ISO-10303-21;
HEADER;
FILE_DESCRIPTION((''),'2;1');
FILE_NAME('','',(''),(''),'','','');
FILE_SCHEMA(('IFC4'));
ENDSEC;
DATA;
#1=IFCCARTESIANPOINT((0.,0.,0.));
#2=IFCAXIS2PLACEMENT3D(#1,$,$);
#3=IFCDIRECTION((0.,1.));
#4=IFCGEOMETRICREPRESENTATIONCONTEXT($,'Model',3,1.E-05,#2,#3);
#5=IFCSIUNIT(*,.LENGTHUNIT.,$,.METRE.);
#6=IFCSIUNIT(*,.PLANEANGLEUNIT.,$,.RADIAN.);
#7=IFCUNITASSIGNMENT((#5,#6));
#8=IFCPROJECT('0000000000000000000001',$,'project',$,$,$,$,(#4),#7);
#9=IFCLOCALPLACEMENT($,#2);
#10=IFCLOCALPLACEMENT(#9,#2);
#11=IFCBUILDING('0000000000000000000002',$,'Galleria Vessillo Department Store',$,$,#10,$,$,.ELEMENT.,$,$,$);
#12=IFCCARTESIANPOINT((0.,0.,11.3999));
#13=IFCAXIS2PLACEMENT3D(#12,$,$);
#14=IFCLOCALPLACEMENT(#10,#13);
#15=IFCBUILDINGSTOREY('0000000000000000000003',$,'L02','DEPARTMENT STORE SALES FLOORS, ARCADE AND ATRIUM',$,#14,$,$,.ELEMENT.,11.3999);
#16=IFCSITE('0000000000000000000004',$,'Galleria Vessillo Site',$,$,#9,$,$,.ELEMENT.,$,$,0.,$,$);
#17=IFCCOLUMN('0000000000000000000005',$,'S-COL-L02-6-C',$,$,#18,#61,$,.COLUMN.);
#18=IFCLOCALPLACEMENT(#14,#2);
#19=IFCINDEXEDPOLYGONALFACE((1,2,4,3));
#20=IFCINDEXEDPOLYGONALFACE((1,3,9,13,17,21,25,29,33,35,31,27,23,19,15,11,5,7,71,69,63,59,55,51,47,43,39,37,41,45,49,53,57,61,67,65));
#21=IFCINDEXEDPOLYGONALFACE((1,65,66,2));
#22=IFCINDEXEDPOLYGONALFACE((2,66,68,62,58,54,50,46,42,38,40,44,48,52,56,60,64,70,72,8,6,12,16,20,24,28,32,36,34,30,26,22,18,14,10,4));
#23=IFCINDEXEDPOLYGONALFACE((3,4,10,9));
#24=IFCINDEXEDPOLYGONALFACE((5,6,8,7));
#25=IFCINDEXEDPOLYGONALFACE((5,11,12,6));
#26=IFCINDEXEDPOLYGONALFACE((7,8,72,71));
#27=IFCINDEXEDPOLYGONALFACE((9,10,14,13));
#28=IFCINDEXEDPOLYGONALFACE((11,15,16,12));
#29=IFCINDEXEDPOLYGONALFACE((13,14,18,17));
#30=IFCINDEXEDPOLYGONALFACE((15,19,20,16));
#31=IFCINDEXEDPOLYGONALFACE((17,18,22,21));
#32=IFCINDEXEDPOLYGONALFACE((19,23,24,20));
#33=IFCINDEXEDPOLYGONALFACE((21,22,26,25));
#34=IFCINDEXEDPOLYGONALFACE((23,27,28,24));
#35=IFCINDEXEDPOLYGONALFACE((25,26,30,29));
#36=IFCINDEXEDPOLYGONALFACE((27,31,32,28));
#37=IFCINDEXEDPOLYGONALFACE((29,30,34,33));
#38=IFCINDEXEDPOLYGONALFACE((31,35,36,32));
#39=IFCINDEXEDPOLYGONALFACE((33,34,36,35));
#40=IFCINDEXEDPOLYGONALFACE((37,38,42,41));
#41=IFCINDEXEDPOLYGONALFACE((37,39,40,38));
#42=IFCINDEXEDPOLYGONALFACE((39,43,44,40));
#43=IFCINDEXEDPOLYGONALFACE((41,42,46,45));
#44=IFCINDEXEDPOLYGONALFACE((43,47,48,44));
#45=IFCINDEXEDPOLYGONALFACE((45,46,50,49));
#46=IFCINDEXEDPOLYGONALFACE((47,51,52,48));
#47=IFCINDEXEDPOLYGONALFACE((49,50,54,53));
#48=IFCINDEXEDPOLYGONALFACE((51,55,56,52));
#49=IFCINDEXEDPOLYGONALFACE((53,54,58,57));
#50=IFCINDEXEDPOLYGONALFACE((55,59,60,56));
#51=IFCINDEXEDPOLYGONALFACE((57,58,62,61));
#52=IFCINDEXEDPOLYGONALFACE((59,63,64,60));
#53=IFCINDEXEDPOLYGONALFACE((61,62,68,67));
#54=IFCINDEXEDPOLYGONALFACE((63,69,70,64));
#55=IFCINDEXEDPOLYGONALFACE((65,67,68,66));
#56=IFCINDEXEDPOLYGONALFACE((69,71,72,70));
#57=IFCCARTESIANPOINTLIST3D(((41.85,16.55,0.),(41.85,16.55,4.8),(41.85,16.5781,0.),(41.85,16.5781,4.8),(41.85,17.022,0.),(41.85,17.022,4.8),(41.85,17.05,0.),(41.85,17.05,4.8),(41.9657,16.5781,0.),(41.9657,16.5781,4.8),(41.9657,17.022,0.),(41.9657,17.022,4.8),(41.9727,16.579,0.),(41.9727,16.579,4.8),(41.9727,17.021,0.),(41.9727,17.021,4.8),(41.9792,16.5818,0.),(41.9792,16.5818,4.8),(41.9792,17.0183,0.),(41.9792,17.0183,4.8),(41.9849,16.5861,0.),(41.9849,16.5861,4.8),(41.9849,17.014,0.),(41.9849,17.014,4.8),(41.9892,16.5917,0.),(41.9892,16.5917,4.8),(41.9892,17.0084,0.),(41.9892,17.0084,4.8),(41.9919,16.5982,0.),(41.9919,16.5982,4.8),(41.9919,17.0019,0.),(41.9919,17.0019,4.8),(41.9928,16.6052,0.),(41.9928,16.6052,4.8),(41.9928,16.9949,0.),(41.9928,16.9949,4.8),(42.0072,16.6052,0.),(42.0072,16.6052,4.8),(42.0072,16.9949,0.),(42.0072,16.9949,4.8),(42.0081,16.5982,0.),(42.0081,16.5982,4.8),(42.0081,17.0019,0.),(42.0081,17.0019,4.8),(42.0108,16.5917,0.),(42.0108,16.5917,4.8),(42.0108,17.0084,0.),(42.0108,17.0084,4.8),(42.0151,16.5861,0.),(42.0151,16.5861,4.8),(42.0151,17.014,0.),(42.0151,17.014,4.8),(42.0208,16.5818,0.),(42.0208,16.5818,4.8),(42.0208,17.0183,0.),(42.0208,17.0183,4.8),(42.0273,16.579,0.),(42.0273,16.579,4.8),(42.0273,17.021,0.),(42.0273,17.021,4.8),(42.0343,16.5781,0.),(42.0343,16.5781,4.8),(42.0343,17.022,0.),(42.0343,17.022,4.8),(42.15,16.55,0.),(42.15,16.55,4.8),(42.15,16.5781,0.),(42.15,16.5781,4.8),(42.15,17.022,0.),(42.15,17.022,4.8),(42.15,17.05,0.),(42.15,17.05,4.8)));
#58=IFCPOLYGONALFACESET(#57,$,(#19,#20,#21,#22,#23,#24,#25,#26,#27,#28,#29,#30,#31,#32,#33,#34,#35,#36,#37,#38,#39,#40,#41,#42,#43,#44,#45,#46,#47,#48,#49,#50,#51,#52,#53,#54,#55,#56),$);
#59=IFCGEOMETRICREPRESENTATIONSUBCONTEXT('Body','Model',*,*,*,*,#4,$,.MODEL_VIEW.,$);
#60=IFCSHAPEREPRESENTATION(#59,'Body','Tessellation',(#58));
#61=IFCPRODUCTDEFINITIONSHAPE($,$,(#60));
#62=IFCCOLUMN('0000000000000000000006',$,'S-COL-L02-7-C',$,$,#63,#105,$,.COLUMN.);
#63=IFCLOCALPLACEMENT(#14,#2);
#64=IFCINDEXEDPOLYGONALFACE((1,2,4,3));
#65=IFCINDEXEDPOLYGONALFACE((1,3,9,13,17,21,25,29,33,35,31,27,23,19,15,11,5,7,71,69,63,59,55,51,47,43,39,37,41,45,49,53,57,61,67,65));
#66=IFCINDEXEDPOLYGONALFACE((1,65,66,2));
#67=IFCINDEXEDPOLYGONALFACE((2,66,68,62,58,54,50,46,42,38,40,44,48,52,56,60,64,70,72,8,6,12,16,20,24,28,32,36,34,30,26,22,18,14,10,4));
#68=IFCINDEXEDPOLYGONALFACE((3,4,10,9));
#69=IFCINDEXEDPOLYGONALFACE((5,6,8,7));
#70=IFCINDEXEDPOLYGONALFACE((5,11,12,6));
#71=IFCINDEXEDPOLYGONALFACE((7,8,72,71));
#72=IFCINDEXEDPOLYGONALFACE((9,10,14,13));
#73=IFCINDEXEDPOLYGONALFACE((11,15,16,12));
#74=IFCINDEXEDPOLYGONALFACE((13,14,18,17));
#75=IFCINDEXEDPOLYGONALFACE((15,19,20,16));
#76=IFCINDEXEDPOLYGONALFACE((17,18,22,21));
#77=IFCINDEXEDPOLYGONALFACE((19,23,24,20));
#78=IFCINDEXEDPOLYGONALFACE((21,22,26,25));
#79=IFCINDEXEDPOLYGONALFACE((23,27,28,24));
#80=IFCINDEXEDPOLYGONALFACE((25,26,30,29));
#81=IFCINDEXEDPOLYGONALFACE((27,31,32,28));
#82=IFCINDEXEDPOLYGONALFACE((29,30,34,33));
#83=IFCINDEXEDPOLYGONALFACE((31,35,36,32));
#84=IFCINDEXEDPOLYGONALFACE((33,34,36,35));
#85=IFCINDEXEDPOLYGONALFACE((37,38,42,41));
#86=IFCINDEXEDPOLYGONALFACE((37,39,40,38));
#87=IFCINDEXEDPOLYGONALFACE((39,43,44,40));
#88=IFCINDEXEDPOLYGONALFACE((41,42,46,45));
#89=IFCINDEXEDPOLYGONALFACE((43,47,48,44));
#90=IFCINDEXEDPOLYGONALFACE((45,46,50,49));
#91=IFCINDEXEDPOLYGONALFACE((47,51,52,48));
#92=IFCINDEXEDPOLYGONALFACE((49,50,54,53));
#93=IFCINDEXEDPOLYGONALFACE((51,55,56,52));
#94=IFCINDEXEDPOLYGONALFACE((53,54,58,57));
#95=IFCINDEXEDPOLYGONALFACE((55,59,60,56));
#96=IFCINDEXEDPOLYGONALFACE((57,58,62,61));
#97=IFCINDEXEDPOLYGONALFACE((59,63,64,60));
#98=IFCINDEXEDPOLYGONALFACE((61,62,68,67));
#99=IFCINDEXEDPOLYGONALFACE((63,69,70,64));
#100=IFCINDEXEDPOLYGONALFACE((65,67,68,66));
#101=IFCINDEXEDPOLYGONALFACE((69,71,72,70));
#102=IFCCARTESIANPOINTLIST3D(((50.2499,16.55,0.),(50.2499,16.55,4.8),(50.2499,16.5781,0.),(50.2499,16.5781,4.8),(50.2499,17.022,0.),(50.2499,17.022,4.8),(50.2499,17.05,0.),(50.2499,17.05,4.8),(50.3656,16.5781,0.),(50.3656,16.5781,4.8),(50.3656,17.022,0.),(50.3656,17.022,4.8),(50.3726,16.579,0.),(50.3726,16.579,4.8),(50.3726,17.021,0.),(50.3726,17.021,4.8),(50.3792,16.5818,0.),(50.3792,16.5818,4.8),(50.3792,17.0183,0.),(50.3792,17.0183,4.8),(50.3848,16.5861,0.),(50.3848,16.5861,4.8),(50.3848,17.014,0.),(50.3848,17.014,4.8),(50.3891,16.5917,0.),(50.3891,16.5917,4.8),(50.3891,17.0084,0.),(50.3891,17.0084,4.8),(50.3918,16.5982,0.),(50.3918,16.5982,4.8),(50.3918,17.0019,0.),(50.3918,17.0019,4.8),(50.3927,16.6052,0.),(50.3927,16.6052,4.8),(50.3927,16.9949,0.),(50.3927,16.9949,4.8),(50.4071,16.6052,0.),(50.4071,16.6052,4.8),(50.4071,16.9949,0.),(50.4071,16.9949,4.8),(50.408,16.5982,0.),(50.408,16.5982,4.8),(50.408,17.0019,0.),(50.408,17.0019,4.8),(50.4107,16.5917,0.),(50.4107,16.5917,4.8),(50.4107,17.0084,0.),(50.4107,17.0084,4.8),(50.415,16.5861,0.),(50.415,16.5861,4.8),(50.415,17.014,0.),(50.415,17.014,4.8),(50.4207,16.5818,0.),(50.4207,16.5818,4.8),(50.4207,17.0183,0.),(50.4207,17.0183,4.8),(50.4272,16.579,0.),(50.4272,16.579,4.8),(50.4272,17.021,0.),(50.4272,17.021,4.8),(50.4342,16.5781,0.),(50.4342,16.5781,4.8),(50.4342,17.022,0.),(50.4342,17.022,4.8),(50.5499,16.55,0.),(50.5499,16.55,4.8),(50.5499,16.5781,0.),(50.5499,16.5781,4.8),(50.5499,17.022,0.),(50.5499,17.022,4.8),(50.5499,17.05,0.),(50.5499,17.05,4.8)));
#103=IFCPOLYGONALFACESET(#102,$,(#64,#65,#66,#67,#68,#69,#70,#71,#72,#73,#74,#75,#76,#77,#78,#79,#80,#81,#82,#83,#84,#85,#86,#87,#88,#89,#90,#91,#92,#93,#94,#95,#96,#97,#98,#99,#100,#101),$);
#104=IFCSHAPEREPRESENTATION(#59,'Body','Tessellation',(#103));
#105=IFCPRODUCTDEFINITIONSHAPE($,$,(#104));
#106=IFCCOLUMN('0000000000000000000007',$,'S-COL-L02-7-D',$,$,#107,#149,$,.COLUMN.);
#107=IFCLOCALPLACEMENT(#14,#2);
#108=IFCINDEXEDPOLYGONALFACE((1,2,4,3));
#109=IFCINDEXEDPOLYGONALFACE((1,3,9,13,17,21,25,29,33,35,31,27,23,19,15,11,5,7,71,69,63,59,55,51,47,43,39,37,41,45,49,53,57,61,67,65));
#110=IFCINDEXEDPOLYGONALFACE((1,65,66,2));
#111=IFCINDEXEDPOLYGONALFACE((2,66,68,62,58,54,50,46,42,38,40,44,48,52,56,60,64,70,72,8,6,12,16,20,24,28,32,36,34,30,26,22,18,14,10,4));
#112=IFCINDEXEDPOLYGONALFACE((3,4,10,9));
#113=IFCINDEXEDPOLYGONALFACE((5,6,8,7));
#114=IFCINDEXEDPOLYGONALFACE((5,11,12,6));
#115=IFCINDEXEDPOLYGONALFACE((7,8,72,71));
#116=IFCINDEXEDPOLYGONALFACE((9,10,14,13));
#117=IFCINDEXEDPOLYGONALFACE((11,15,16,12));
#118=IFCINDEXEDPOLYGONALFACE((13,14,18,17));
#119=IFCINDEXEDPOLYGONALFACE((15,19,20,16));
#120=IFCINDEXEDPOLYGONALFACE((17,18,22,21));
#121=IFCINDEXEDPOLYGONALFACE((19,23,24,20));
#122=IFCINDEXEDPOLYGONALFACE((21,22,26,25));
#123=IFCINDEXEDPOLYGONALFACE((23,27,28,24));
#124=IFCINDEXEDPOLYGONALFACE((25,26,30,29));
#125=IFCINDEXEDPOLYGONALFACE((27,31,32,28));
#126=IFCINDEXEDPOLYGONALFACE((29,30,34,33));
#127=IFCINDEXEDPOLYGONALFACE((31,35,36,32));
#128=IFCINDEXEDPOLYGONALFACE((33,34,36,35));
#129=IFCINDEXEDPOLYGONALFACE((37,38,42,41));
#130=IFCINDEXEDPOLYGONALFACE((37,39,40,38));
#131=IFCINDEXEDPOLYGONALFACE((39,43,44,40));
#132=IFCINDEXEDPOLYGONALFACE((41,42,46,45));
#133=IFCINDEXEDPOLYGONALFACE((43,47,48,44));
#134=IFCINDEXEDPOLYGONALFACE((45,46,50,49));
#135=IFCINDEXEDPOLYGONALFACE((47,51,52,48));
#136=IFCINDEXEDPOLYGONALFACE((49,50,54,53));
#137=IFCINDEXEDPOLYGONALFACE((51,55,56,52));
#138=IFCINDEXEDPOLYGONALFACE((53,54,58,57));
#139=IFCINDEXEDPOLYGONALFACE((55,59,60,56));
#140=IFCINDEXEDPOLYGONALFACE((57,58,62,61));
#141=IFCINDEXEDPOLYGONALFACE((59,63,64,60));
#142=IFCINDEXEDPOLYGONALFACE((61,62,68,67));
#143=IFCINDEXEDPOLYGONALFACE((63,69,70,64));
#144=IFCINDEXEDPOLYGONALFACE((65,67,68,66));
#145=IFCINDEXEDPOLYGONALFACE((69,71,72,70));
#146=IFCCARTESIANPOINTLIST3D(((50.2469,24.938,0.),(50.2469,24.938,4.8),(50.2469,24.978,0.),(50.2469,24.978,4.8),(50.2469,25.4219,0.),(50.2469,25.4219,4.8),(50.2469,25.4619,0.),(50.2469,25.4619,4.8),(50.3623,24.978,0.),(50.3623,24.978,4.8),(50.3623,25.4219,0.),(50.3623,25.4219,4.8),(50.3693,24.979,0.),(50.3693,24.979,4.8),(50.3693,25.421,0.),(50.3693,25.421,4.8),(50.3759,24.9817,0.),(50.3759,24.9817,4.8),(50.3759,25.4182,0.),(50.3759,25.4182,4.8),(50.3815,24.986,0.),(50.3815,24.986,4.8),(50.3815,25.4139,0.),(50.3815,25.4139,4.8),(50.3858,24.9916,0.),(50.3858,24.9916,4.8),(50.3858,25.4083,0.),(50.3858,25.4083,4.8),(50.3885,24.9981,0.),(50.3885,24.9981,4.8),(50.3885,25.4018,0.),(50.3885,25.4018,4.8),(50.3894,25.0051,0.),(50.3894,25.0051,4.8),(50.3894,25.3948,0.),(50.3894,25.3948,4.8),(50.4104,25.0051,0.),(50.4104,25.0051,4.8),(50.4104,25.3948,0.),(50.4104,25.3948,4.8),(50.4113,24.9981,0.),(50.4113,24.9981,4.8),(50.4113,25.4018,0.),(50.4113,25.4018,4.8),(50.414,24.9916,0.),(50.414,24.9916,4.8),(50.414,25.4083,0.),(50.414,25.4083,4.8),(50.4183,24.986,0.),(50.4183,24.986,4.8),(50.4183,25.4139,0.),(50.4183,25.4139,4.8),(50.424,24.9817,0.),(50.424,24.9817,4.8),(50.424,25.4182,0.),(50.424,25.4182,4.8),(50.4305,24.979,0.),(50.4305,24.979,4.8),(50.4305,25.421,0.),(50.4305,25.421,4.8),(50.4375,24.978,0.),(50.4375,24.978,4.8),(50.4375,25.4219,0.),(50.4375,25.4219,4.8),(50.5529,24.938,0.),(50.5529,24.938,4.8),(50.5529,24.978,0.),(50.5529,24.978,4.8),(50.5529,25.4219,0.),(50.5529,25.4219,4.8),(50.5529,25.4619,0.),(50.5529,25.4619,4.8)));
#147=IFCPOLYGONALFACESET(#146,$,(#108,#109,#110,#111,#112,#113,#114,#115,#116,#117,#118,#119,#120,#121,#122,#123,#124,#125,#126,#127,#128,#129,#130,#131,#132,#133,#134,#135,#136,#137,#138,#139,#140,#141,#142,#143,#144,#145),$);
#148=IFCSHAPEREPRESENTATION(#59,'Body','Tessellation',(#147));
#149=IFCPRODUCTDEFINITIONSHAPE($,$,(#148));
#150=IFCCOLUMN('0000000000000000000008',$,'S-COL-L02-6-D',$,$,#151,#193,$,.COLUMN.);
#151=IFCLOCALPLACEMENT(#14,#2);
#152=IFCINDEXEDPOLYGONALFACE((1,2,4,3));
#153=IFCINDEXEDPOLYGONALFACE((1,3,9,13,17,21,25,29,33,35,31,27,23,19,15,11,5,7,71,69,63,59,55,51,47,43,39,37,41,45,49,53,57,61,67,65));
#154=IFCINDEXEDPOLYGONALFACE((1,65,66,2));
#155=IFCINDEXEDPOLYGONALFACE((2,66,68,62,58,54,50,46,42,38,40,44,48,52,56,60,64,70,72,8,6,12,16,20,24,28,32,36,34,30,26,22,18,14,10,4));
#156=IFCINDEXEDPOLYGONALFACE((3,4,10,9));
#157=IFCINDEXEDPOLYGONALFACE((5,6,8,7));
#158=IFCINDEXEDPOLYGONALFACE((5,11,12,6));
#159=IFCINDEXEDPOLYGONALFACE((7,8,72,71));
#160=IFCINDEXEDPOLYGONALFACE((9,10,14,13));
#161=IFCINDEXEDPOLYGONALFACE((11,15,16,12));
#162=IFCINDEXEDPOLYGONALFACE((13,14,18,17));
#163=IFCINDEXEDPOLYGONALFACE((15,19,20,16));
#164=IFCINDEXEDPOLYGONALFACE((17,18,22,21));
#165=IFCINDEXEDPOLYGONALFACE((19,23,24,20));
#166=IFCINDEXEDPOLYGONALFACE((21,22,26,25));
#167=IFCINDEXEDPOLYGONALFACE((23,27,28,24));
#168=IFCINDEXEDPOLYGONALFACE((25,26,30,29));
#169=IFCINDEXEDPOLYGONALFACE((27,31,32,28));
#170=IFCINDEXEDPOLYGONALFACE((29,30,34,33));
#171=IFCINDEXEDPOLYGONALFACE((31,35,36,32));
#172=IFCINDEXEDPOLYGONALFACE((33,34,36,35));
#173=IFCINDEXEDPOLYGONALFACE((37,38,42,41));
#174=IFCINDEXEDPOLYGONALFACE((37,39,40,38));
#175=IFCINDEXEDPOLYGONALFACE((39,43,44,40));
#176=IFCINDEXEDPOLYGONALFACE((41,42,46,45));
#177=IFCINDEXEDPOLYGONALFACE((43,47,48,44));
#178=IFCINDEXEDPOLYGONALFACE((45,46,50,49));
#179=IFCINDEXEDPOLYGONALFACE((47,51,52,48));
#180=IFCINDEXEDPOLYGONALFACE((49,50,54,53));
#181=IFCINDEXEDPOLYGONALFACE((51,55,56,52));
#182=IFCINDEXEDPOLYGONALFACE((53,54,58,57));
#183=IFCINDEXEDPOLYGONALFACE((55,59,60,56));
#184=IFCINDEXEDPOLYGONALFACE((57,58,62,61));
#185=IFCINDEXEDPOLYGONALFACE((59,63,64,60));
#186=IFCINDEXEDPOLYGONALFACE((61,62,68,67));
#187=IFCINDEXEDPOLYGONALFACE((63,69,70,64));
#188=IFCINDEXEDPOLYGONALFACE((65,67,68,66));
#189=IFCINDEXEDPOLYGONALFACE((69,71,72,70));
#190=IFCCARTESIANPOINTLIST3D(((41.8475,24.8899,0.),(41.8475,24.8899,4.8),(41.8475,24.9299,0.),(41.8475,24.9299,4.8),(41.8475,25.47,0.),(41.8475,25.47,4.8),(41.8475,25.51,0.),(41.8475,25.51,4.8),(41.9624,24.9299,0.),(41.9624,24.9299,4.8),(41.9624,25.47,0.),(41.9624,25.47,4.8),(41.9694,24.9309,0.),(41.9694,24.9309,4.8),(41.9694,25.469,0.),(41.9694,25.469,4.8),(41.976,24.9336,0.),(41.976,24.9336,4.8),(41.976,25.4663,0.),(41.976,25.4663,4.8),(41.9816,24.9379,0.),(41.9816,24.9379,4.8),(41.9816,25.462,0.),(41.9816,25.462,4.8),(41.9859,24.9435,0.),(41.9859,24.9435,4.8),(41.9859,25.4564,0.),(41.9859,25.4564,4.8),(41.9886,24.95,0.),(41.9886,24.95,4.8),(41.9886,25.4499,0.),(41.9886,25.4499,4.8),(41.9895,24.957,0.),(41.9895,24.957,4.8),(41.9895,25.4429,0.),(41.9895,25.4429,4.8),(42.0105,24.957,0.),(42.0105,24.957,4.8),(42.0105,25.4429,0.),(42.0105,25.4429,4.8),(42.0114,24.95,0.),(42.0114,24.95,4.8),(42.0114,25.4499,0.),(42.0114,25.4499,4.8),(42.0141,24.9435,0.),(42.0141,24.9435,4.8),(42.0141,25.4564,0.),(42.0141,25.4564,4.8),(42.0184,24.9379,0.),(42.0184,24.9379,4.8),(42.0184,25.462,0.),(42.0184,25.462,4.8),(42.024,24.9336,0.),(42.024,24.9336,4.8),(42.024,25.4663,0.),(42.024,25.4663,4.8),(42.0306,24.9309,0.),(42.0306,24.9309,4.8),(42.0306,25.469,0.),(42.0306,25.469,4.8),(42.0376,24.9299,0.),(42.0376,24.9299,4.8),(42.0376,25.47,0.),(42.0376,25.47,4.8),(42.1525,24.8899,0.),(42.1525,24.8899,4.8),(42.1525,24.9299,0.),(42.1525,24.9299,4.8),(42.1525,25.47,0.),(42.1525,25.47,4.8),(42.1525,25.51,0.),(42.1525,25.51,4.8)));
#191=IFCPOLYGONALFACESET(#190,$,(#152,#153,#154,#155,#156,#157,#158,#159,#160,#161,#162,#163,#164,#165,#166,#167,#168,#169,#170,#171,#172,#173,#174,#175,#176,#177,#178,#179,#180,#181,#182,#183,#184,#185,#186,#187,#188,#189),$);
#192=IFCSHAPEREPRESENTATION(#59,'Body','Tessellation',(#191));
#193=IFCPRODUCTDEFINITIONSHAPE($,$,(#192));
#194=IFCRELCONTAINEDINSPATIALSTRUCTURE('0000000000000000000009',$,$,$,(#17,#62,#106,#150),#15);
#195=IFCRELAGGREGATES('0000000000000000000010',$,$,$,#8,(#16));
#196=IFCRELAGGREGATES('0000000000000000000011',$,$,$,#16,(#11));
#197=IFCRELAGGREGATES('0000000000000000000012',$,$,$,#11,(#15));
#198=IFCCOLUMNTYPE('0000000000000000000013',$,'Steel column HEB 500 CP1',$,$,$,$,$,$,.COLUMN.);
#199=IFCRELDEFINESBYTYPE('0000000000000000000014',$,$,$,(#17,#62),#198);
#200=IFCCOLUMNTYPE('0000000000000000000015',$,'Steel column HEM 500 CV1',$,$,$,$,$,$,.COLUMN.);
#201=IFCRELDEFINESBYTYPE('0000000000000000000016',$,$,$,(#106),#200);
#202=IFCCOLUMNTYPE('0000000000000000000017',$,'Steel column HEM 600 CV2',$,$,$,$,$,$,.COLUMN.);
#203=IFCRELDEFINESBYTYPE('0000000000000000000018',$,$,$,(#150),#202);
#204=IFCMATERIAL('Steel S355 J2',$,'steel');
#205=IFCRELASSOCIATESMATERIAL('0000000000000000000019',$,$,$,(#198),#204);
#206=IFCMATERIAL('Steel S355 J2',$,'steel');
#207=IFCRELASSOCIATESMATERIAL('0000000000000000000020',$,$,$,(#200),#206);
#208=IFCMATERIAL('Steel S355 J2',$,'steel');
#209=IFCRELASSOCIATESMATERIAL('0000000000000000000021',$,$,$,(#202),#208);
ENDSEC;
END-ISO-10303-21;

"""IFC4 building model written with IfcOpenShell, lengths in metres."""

from ifc_helpers import new_model, si_unit, direction, frame, origin, origin_2d, place, context, subcontext, project, spatial, i_section, extrude, material, material_profile, profile_set, type_object, element, save


model = new_model("IFC4")

# Units and contexts
model_context = context("Model", 3, precision=1e-05, world=origin(), true_north=direction((0.0, 1.0)))
body_context = subcontext(model_context, "Body", "Model", "MODEL_VIEW")
ifc_project = project(units=[si_unit("LENGTHUNIT", "METRE"), si_unit("PLANEANGLEUNIT", "RADIAN")], contexts=[model_context])

# Site, building, storey
site_placement = place(None, origin())
site = spatial("IfcSite", under=ifc_project, at=site_placement, Name="Galleria Vessillo Site", CompositionType="ELEMENT", RefElevation=0.0)
building_placement = place(site_placement, origin())
building = spatial("IfcBuilding", under=site, at=building_placement, Name="Galleria Vessillo Department Store", CompositionType="ELEMENT")
storey_placement = place(building_placement, frame((0.0, 0.0, 11.3999)))
storey = spatial("IfcBuildingStorey", under=building, at=storey_placement, Name="L02", Description="DEPARTMENT STORE SALES FLOORS, ARCADE AND ATRIUM", CompositionType="ELEMENT", Elevation=11.3999)

# Columns
ifc_material_1 = material(Name="Steel S355 J2", Category="steel")
ifc_material_profile_1 = material_profile(ifc_material_1, i_section(OverallWidth=0.3, OverallDepth=0.5, WebThickness=0.0144, FlangeThickness=0.0281, FilletRadius=0.0271, at=origin_2d()), Name="HEB 500")
ifc_profile_set_1 = profile_set([ifc_material_profile_1], Name="Steel S355 J2")
column_type_1 = type_object("IfcColumnType", Name="Steel column HEB 500 CP1", PredefinedType="COLUMN", material=ifc_profile_set_1)
for number, where, z_axis, x_axis, name in (
    (1, (42.0, 16.8, 0.0), (0.0, 0.0, 1.0), (1.0, 0.0, 0.0), "S-COL-L02-6-C"),
    (2, (50.3999, 16.8, 0.0), (0.0, 0.0, 1.0), (1.0, 0.0, 0.0), "S-COL-L02-7-C"),
):
    element("IfcColumn", number, at=place(storey_placement, frame(where, z_axis=z_axis, x_axis=x_axis)), inside=storey, type_object=column_type_1, Name=name, PredefinedType="COLUMN", context=body_context, shape_type="SweptSolid", body=[
        extrude(i_section(OverallWidth=0.3, OverallDepth=0.5, WebThickness=0.0144, FlangeThickness=0.0281, FilletRadius=0.0271, at=origin_2d()), origin(), (0.0, 0.0, 1.0), 4.8),
    ])
ifc_material_2 = material(Name="Steel S355 J2", Category="steel")
ifc_material_profile_2 = material_profile(ifc_material_2, i_section(OverallWidth=0.3059, OverallDepth=0.5239, WebThickness=0.021, FlangeThickness=0.04, FilletRadius=0.0271, at=origin_2d()), Name="HEM 500")
ifc_profile_set_2 = profile_set([ifc_material_profile_2], Name="Steel S355 J2")
column_type_2 = type_object("IfcColumnType", Name="Steel column HEM 500 CV1", PredefinedType="COLUMN", material=ifc_profile_set_2)
column_1_placement = place(storey_placement, frame((50.3999, 25.2, 0.0), z_axis=(0.0, 0.0, 1.0), x_axis=(1.0, 0.0, 0.0)))
element("IfcColumn", 3, at=column_1_placement, inside=storey, type_object=column_type_2, Name="S-COL-L02-7-D", PredefinedType="COLUMN", context=body_context, shape_type="SweptSolid", body=[
    extrude(i_section(OverallWidth=0.3059, OverallDepth=0.5239, WebThickness=0.021, FlangeThickness=0.04, FilletRadius=0.0271, at=origin_2d()), origin(), (0.0, 0.0, 1.0), 4.8),
])
ifc_material_3 = material(Name="Steel S355 J2", Category="steel")
ifc_material_profile_3 = material_profile(ifc_material_3, i_section(OverallWidth=0.3049, OverallDepth=0.6201, WebThickness=0.021, FlangeThickness=0.04, FilletRadius=0.0271, at=origin_2d()), Name="HEM 600")
ifc_profile_set_3 = profile_set([ifc_material_profile_3], Name="Steel S355 J2")
column_type_3 = type_object("IfcColumnType", Name="Steel column HEM 600 CV2", PredefinedType="COLUMN", material=ifc_profile_set_3)
column_2_placement = place(storey_placement, frame((42.0, 25.2, 0.0), z_axis=(0.0, 0.0, 1.0), x_axis=(1.0, 0.0, 0.0)))
element("IfcColumn", 4, at=column_2_placement, inside=storey, type_object=column_type_3, Name="S-COL-L02-6-D", PredefinedType="COLUMN", context=body_context, shape_type="SweptSolid", body=[
    extrude(i_section(OverallWidth=0.3049, OverallDepth=0.6201, WebThickness=0.021, FlangeThickness=0.04, FilletRadius=0.0271, at=origin_2d()), origin(), (0.0, 0.0, 1.0), 4.8),
])

save(model, "model.ifc")
